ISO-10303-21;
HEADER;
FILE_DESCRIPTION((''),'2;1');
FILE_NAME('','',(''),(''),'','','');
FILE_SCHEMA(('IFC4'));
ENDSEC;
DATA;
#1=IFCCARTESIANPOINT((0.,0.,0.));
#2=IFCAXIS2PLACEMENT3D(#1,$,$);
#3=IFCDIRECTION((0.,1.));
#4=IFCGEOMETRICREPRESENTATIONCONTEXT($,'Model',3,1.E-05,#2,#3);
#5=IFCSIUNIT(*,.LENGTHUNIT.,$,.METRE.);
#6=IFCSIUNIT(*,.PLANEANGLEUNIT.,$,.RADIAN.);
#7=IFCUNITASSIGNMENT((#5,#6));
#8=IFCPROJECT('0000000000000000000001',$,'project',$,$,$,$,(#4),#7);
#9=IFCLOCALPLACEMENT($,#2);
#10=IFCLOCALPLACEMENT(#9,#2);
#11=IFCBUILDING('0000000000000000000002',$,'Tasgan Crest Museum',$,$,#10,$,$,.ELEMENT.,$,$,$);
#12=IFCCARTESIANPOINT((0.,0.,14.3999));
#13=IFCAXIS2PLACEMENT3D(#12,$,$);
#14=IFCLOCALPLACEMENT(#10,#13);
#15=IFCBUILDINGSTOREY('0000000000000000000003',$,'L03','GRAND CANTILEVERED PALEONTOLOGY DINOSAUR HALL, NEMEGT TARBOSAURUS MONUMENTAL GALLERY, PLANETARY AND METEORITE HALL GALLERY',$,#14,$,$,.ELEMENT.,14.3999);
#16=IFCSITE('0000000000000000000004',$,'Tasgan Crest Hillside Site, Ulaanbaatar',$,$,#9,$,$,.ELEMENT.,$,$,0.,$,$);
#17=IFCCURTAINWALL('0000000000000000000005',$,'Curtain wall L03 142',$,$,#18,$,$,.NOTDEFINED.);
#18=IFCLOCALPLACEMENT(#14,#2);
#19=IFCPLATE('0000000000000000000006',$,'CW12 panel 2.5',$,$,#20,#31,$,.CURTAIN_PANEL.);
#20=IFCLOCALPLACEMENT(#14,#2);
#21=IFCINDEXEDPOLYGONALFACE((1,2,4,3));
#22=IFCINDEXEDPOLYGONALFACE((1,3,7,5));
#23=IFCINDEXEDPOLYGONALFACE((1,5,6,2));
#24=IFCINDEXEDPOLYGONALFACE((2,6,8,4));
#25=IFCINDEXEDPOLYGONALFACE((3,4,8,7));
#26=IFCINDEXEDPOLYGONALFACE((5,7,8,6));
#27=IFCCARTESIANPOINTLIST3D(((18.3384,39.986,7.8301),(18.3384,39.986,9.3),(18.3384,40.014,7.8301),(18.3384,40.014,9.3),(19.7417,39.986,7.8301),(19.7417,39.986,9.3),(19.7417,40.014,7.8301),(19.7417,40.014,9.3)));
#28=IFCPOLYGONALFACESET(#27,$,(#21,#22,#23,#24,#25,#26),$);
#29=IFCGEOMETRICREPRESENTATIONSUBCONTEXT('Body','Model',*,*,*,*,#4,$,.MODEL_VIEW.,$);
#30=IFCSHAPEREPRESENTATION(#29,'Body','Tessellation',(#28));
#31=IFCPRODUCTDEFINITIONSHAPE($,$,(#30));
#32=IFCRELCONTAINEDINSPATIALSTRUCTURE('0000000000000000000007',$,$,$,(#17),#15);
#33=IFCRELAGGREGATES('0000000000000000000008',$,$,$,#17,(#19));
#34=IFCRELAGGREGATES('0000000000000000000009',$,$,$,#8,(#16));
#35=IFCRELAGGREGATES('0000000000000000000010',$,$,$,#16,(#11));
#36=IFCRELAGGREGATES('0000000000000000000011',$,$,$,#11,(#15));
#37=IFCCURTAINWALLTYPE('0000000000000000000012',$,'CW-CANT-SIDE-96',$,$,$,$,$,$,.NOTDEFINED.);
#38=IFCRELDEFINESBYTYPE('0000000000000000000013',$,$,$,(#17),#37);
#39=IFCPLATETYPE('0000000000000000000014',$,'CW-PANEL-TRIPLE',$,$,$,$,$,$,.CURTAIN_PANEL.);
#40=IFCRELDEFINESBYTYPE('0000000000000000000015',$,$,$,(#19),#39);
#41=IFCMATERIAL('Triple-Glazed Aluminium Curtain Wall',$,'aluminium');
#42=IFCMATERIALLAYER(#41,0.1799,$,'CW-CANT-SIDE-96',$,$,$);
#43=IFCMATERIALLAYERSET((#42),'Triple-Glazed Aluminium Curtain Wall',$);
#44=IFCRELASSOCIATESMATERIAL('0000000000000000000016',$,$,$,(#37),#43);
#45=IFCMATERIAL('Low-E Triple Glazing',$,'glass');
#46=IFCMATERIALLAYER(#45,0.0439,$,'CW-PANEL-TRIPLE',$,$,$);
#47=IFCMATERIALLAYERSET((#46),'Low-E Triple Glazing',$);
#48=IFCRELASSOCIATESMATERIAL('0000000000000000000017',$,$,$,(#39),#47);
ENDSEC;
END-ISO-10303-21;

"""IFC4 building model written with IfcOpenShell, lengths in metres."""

from ifc_helpers import new_model, si_unit, direction, frame, origin, origin_2d, place, context, subcontext, project, spatial, rectangle, extrude, material, layer, layer_set, type_object, element, aggregate, save


model = new_model("IFC4")

# Units and contexts
model_context = context("Model", 3, precision=1e-05, world=origin(), true_north=direction((0.0, 1.0)))
body_context = subcontext(model_context, "Body", "Model", "MODEL_VIEW")
ifc_project = project(units=[si_unit("LENGTHUNIT", "METRE"), si_unit("PLANEANGLEUNIT", "RADIAN")], contexts=[model_context])

# Site, building, storey
site_placement = place(None, origin())
site = spatial("IfcSite", under=ifc_project, at=site_placement, Name="Tasgan Crest Hillside Site, Ulaanbaatar", CompositionType="ELEMENT", RefElevation=0.0)
building_placement = place(site_placement, origin())
building = spatial("IfcBuilding", under=site, at=building_placement, Name="Tasgan Crest Museum", CompositionType="ELEMENT")
storey_placement = place(building_placement, frame((0.0, 0.0, 14.3999)))
storey = spatial("IfcBuildingStorey", under=building, at=storey_placement, Name="L03", Description="GRAND CANTILEVERED PALEONTOLOGY DINOSAUR HALL, NEMEGT TARBOSAURUS MONUMENTAL GALLERY, PLANETARY AND METEORITE HALL GALLERY", CompositionType="ELEMENT", Elevation=14.3999)

# Curtain wall, plate
ifc_material_1 = material(Name="Triple-Glazed Aluminium Curtain Wall", Category="aluminium")
ifc_layer_1 = layer(ifc_material_1, 0.1799, Name="CW-CANT-SIDE-96")
ifc_layer_set_1 = layer_set([ifc_layer_1], Name="Triple-Glazed Aluminium Curtain Wall")
curtain_wall_type = type_object("IfcCurtainWallType", Name="CW-CANT-SIDE-96", PredefinedType="NOTDEFINED", material=ifc_layer_set_1)
curtain_wall_placement = place(storey_placement, origin())
curtain_wall = element("IfcCurtainWall", 1, at=curtain_wall_placement, inside=storey, type_object=curtain_wall_type, Name="Curtain wall L03 142", PredefinedType="NOTDEFINED")
ifc_material_2 = material(Name="Low-E Triple Glazing", Category="glass")
ifc_layer_2 = layer(ifc_material_2, 0.0439, Name="CW-PANEL-TRIPLE")
ifc_layer_set_2 = layer_set([ifc_layer_2], Name="Low-E Triple Glazing")
plate_type_1 = type_object("IfcPlateType", Name="CW-PANEL-TRIPLE", PredefinedType="CURTAIN_PANEL", material=ifc_layer_set_2)
plate_1_placement = place(storey_placement, frame((19.04, 40.0, 7.8301), z_axis=(0.0, 0.0, 1.0), x_axis=(1.0, 0.0, 0.0)))
plate_1 = element("IfcPlate", 2, at=plate_1_placement, type_object=plate_type_1, Name="CW12 panel 2.5", PredefinedType="CURTAIN_PANEL", context=body_context, shape_type="SweptSolid", body=[
    extrude(rectangle(XDim=1.4033, YDim=0.0281, at=origin_2d()), origin(), (0.0, 0.0, 1.0), 1.47),
])
aggregate(curtain_wall, [plate_1])

save(model, "model.ifc")
